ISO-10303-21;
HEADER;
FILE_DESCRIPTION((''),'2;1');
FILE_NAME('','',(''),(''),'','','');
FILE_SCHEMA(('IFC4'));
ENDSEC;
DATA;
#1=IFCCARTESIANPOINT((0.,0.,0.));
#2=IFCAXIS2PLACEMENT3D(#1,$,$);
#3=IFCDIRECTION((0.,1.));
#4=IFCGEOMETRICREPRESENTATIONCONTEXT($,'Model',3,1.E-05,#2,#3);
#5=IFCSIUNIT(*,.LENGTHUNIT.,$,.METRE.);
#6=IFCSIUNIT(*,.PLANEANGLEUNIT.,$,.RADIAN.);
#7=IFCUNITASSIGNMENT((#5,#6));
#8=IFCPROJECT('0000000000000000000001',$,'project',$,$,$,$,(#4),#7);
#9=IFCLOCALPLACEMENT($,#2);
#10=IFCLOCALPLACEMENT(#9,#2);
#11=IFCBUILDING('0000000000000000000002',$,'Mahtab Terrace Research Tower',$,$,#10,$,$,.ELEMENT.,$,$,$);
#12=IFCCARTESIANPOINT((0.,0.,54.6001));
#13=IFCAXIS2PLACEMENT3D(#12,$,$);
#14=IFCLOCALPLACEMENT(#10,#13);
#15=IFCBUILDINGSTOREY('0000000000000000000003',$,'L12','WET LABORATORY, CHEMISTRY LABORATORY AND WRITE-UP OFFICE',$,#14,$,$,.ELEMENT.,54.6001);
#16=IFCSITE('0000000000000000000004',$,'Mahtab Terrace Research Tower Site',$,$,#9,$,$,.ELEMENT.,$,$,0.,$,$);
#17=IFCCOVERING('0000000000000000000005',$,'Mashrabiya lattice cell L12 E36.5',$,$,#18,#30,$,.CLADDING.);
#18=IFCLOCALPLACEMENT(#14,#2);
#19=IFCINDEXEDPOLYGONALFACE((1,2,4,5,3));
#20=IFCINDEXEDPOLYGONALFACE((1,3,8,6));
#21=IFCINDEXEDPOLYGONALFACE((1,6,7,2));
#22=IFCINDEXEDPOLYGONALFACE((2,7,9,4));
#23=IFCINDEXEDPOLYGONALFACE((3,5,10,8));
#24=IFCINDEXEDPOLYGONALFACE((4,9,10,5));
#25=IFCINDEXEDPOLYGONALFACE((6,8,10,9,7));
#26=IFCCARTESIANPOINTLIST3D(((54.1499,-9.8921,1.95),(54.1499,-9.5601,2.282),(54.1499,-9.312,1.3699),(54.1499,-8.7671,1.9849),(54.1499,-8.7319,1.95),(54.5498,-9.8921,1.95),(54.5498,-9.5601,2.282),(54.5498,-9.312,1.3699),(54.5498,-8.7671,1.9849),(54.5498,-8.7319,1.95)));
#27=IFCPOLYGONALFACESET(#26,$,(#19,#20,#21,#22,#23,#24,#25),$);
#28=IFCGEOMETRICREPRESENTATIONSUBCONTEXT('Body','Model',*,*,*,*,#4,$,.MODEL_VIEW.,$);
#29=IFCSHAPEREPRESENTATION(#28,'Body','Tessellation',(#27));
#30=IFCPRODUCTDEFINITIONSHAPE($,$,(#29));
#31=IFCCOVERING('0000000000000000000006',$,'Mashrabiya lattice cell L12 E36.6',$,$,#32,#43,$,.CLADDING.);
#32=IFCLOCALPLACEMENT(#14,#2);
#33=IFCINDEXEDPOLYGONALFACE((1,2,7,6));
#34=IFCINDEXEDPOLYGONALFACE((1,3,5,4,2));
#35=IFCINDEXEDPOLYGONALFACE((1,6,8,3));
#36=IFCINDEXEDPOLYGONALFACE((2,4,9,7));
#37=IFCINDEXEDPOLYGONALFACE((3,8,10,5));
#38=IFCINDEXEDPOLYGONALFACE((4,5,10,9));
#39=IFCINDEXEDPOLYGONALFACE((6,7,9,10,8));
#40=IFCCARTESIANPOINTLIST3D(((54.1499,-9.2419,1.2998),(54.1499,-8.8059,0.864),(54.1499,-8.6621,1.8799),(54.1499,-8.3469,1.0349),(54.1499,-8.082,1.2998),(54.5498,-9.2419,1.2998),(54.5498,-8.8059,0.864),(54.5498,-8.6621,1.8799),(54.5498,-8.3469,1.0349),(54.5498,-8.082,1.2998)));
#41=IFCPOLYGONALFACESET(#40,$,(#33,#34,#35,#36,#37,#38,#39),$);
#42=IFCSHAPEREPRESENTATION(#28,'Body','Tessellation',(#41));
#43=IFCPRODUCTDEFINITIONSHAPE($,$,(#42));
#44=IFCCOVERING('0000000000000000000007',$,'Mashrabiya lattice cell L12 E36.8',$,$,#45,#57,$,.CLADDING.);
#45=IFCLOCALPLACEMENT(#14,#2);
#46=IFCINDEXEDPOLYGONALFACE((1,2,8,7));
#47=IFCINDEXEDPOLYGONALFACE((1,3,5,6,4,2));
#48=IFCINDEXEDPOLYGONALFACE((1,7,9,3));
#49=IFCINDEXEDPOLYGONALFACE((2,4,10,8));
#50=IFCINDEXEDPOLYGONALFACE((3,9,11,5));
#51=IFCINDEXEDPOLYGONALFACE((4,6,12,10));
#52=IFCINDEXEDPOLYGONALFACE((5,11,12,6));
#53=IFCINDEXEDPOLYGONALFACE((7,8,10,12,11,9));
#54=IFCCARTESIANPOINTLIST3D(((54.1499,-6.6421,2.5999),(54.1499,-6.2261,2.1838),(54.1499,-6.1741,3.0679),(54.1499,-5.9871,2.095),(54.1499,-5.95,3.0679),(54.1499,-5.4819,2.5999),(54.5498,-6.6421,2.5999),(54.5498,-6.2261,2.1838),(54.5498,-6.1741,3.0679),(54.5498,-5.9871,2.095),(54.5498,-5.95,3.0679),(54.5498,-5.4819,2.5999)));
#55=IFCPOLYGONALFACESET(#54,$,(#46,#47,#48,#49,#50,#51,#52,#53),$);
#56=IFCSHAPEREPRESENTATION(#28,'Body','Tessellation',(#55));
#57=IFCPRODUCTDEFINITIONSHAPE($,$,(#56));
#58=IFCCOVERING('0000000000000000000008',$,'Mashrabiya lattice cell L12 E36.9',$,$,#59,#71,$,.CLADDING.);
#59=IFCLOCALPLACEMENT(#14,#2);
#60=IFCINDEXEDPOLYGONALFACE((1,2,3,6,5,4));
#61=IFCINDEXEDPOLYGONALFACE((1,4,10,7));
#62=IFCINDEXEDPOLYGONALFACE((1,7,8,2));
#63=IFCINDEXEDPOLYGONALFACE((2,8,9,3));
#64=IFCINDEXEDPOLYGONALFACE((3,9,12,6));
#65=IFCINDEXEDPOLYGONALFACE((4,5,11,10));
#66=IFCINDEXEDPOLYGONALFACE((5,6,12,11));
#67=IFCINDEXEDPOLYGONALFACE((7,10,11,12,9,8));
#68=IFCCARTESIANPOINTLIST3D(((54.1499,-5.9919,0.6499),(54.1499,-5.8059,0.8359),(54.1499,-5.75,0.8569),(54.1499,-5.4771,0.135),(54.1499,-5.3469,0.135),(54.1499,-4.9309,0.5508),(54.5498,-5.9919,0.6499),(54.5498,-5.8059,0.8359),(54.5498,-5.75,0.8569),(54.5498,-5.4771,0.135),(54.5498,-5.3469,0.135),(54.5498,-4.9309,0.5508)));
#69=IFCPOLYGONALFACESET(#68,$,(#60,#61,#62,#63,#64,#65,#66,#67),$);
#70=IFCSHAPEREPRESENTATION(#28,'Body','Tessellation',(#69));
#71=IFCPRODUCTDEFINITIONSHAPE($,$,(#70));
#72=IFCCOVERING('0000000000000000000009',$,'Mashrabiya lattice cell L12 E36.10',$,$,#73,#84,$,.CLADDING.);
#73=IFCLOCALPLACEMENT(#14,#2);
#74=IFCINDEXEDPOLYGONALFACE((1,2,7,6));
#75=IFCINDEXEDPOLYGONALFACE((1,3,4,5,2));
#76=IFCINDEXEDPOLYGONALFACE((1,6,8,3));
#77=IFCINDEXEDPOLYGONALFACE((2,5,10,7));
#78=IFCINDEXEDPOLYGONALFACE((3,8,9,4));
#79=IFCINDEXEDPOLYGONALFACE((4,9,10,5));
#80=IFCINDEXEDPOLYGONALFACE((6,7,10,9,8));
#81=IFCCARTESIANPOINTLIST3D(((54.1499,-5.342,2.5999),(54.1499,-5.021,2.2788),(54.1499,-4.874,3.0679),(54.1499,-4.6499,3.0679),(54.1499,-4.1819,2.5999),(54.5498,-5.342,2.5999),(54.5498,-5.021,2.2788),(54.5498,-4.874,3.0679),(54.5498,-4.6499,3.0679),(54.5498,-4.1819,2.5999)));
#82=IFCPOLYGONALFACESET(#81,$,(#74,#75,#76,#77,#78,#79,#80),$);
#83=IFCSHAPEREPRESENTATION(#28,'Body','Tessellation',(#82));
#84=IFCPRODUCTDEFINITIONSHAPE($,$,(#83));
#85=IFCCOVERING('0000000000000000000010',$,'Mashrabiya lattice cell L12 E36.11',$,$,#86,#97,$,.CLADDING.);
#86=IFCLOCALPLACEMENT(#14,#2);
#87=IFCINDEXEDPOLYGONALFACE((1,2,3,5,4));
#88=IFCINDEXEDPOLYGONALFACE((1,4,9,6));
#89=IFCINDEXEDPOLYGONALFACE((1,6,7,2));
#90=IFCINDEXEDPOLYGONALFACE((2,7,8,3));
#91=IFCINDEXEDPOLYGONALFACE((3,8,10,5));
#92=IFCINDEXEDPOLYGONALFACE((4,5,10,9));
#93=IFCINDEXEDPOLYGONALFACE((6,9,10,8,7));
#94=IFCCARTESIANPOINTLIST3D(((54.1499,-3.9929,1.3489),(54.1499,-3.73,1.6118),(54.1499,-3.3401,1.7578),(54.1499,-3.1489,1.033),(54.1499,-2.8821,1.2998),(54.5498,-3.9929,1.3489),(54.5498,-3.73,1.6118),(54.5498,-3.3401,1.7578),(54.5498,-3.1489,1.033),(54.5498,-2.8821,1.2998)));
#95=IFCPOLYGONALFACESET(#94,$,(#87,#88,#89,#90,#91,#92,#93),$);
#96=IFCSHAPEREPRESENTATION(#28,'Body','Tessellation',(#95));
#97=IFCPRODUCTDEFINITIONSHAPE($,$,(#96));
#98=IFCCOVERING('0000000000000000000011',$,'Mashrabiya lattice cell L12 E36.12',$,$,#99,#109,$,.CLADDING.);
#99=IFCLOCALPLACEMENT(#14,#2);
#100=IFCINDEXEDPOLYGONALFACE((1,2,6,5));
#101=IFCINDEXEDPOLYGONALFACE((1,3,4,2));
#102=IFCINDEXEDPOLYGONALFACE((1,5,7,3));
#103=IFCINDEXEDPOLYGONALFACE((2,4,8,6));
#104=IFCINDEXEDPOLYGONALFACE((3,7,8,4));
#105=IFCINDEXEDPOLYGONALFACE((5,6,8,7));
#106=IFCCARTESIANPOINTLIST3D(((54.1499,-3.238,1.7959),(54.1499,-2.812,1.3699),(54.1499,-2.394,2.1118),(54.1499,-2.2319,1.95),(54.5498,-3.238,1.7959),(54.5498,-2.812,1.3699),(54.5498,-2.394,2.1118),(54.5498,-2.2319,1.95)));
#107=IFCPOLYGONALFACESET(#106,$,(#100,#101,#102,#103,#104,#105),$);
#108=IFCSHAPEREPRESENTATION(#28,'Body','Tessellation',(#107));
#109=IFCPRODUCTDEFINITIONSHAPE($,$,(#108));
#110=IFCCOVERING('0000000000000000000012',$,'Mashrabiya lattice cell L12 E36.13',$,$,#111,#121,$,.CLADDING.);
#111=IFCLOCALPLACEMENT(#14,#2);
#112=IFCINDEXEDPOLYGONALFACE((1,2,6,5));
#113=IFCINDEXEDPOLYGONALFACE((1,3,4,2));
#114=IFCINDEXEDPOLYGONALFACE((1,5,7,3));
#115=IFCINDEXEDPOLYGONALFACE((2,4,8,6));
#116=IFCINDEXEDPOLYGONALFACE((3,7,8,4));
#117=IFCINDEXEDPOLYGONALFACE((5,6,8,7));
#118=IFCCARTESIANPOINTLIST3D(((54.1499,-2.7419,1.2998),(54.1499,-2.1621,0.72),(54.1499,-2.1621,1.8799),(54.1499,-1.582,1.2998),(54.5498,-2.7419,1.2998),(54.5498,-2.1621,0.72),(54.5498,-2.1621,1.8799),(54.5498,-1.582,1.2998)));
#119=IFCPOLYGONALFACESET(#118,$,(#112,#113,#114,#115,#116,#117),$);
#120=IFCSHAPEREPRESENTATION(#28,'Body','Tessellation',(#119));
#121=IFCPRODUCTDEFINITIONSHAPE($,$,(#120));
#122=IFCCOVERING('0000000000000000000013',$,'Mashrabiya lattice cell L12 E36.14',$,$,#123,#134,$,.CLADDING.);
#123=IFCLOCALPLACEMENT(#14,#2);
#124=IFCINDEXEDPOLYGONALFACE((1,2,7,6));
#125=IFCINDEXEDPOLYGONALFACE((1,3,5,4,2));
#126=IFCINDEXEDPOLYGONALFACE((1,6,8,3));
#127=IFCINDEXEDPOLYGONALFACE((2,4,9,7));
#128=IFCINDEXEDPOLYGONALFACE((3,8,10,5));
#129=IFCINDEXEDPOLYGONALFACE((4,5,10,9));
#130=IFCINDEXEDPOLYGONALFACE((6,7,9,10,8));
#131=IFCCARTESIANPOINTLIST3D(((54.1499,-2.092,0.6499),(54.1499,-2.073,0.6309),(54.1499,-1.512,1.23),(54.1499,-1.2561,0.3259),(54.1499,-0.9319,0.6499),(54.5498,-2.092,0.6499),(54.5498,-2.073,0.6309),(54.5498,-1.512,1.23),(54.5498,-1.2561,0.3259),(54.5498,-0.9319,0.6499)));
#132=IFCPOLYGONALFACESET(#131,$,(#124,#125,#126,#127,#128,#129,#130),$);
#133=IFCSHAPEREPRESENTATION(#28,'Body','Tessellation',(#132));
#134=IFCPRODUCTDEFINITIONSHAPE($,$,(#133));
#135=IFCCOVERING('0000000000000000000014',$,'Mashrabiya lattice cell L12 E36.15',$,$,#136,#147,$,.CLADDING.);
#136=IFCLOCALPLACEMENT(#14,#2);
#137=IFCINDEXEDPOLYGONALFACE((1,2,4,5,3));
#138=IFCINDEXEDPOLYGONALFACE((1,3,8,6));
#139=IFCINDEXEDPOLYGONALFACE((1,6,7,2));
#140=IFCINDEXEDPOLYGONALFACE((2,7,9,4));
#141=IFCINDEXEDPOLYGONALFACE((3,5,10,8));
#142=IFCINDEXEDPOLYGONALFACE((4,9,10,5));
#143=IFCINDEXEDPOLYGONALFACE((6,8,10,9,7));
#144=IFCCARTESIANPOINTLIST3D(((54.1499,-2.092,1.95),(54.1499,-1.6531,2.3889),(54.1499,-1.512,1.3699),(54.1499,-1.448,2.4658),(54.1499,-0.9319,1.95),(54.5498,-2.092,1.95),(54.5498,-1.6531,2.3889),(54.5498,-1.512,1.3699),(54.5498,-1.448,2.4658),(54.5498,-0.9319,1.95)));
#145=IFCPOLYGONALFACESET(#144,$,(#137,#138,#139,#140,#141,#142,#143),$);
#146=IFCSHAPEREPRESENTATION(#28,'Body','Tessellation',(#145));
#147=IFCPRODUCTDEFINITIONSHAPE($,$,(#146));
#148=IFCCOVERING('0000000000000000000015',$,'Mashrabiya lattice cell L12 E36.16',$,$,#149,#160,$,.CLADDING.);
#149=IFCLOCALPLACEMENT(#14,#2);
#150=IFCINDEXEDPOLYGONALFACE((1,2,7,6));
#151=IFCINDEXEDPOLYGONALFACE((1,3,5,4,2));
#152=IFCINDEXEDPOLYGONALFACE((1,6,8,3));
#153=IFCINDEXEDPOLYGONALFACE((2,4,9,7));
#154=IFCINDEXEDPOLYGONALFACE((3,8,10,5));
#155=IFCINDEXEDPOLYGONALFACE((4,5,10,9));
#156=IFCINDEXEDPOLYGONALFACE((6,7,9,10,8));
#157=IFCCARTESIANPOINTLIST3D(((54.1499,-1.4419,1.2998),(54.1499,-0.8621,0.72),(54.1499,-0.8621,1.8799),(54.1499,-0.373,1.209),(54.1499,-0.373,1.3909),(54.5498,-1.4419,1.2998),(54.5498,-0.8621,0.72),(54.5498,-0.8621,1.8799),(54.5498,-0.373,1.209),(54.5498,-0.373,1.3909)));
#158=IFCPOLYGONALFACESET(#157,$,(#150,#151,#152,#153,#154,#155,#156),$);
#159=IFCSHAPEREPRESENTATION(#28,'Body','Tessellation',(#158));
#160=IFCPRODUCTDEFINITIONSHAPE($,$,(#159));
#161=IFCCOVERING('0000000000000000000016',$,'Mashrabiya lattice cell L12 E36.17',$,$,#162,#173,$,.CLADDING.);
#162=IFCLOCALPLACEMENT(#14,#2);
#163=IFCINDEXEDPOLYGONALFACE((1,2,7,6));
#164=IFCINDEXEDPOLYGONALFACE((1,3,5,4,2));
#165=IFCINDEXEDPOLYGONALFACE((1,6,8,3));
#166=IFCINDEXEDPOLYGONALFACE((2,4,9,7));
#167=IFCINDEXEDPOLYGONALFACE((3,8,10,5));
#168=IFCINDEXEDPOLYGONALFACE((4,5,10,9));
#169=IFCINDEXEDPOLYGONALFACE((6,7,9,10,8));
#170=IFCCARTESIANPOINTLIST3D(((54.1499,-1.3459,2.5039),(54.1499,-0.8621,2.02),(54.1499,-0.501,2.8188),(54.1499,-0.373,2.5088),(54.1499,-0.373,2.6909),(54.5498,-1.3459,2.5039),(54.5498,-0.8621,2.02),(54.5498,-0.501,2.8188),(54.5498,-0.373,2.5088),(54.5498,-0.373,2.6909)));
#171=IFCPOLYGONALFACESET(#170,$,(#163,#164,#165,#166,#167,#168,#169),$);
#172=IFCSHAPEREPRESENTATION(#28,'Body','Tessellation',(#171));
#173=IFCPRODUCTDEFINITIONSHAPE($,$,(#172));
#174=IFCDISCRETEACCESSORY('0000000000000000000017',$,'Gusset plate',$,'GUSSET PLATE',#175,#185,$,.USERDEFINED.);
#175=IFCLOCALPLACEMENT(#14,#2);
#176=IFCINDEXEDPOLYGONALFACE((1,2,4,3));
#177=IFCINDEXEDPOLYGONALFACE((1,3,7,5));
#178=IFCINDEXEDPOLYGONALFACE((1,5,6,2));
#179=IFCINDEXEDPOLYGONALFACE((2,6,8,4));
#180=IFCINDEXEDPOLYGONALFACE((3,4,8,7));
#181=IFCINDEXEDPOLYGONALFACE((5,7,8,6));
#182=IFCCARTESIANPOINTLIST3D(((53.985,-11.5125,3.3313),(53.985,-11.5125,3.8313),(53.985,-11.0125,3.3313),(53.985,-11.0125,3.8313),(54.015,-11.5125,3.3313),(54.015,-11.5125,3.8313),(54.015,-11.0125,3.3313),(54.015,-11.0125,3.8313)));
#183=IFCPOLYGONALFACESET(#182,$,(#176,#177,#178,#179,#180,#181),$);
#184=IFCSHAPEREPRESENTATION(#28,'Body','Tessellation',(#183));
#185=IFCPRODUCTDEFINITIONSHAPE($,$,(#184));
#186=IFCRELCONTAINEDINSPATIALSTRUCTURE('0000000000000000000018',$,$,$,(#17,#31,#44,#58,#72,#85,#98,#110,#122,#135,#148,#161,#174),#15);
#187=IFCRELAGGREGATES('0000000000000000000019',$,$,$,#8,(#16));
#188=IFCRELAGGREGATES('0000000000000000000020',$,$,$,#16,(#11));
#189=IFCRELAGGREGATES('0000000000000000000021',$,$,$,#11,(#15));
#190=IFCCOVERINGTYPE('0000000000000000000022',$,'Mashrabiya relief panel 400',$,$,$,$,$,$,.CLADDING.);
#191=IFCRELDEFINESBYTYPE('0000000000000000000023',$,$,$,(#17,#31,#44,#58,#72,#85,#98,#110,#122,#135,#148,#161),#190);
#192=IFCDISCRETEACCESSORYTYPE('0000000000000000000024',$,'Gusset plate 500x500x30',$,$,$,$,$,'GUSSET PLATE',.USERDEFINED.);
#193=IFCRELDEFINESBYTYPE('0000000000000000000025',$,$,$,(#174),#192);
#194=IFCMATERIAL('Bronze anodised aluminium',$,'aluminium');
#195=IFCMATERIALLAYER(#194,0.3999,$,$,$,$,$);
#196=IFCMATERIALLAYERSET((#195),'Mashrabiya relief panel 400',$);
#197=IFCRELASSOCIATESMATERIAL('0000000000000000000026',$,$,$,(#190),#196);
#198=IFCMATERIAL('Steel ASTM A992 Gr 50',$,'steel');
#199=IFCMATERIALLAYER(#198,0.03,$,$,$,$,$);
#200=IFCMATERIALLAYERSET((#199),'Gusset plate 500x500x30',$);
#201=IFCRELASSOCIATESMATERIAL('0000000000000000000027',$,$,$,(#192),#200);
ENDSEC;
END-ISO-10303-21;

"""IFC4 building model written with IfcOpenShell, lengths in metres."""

from ifc_helpers import new_model, si_unit, direction, frame, origin, origin_2d, place, context, subcontext, project, spatial, polyline, rectangle, outline, extrude, material, layer, layer_set, type_object, element, save


model = new_model("IFC4")

# Units and contexts
model_context = context("Model", 3, precision=1e-05, world=origin(), true_north=direction((0.0, 1.0)))
body_context = subcontext(model_context, "Body", "Model", "MODEL_VIEW")
ifc_project = project(units=[si_unit("LENGTHUNIT", "METRE"), si_unit("PLANEANGLEUNIT", "RADIAN")], contexts=[model_context])

# Site, building, storey
site_placement = place(None, origin())
site = spatial("IfcSite", under=ifc_project, at=site_placement, Name="Mahtab Terrace Research Tower Site", CompositionType="ELEMENT", RefElevation=0.0)
building_placement = place(site_placement, origin())
building = spatial("IfcBuilding", under=site, at=building_placement, Name="Mahtab Terrace Research Tower", CompositionType="ELEMENT")
storey_placement = place(building_placement, frame((0.0, 0.0, 54.6001)))
storey = spatial("IfcBuildingStorey", under=building, at=storey_placement, Name="L12", Description="WET LABORATORY, CHEMISTRY LABORATORY AND WRITE-UP OFFICE", CompositionType="ELEMENT", Elevation=54.6001)

# Coverings
ifc_material_1 = material(Name="Bronze anodised aluminium", Category="aluminium")
ifc_layer_1 = layer(ifc_material_1, 0.3999)
ifc_layer_set_1 = layer_set([ifc_layer_1], Name="Mashrabiya relief panel 400")
covering_type = type_object("IfcCoveringType", Name="Mashrabiya relief panel 400", PredefinedType="CLADDING", material=ifc_layer_set_1)
covering_1_placement = place(storey_placement, frame((54.1499, -8.7319, 1.95), z_axis=(-1.0, 0.0, 0.0), x_axis=(0.0, -0.707107, -0.707107)))
element("IfcCovering", 1, at=covering_1_placement, inside=storey, type_object=covering_type, Name="Mashrabiya lattice cell L12 E36.5", PredefinedType="CLADDING", context=body_context, shape_type="SweptSolid", body=[
    extrude(outline(polyline([(0.0, 0.0), (0.8204, 0.0), (0.8204, 0.8204), (0.3508, 0.8204), (0.0002, 0.0495), (0.0, 0.0)])), origin(), (0.0, 0.0, -1.0), 0.3999),
])
covering_2_placement = place(storey_placement, frame((54.1499, -9.2419, 1.2998), z_axis=(-1.0, 0.0, 0.0), x_axis=(0.0, 0.706958, 0.707256)))
element("IfcCovering", 2, at=covering_2_placement, inside=storey, type_object=covering_type, Name="Mashrabiya lattice cell L12 E36.6", PredefinedType="CLADDING", context=body_context, shape_type="SweptSolid", body=[
    extrude(outline(polyline([(0.0, 0.0), (0.8202, 0.0), (0.82, 0.8204), (0.4454, 0.8203), (0.0, 0.6165), (0.0, 0.0)])), origin(), (0.0, 0.0, -1.0), 0.3999),
])
covering_3_placement = place(storey_placement, frame((54.1499, -6.6421, 2.5999), z_axis=(-1.0, 0.0, 0.0), x_axis=(0.0, 0.707107, 0.707107)))
element("IfcCovering", 3, at=covering_3_placement, inside=storey, type_object=covering_type, Name="Mashrabiya lattice cell L12 E36.8", PredefinedType="CLADDING", context=body_context, shape_type="SweptSolid", body=[
    extrude(outline(polyline([(0.0, 0.0), (0.6619, 0.0), (0.8204, 0.1585), (0.8204, 0.8204), (0.1062, 0.8202), (0.0, 0.5883), (0.0, 0.0)])), origin(), (0.0, 0.0, -1.0), 0.3999),
])
covering_4_placement = place(storey_placement, frame((54.1499, -5.9919, 0.6499), z_axis=(-1.0, 0.0, 0.0), x_axis=(0.0, 0.707107, 0.707107)))
element("IfcCovering", 4, at=covering_4_placement, inside=storey, type_object=covering_type, Name="Mashrabiya lattice cell L12 E36.9", PredefinedType="CLADDING", context=body_context, shape_type="SweptSolid", body=[
    extrude(outline(polyline([(0.0, 0.0), (0.2631, 0.0), (0.3175, 0.0247), (0.6802, 0.8204), (0.092, 0.8202), (0.0, 0.7282), (0.0, 0.0)])), origin(), (0.0, 0.0, -1.0), 0.3999),
])
covering_5_placement = place(storey_placement, frame((54.1499, -5.342, 2.5999), z_axis=(-1.0, 0.0, 0.0), x_axis=(0.0, 0.707107, 0.707107)))
element("IfcCovering", 5, at=covering_5_placement, inside=storey, type_object=covering_type, Name="Mashrabiya lattice cell L12 E36.10", PredefinedType="CLADDING", context=body_context, shape_type="SweptSolid", body=[
    extrude(outline(polyline([(0.0, 0.0), (0.6619, 0.0), (0.8204, 0.1585), (0.8204, 0.8204), (0.0, 0.454), (0.0, 0.0)])), origin(), (0.0, 0.0, -1.0), 0.3999),
])
covering_6_placement = place(storey_placement, frame((54.1499, -2.8821, 1.2998), z_axis=(-1.0, 0.0, 0.0), x_axis=(0.0, -0.707107, -0.707107)))
element("IfcCovering", 6, at=covering_6_placement, inside=storey, type_object=covering_type, Name="Mashrabiya lattice cell L12 E36.11", PredefinedType="CLADDING", context=body_context, shape_type="SweptSolid", body=[
    extrude(outline(polyline([(0.0, 0.0), (0.3774, 0.0), (0.7508, 0.8202), (0.3789, 0.8202), (0.0, 0.6477), (0.0, 0.0)])), origin(), (0.0, 0.0, -1.0), 0.3999),
])
covering_7_placement = place(storey_placement, frame((54.1499, -2.2319, 1.95), z_axis=(-1.0, 0.0, 0.0), x_axis=(0.0, -0.707107, -0.707107)))
element("IfcCovering", 7, at=covering_7_placement, inside=storey, type_object=covering_type, Name="Mashrabiya lattice cell L12 E36.12", PredefinedType="CLADDING", context=body_context, shape_type="SweptSolid", body=[
    extrude(outline(polyline([(0.0, 0.0), (0.8204, 0.0), (0.8204, 0.6025), (0.0002, 0.2291), (0.0, 0.0)])), origin(), (0.0, 0.0, -1.0), 0.3999),
])
covering_8_placement = place(storey_placement, frame((54.1499, -2.1621, 1.8799), z_axis=(-1.0, 0.0, 0.0), x_axis=(0.0, 0.707107, -0.707107)))
element("IfcCovering", 8, at=covering_8_placement, inside=storey, type_object=covering_type, Name="Mashrabiya lattice cell L12 E36.13", PredefinedType="CLADDING", context=body_context, shape_type="SweptSolid", body=[
    extrude(outline(polyline([(0.0, 0.0), (0.8204, 0.0), (0.8202, 0.8202), (0.0002, 0.8202), (0.0, 0.0)])), origin(), (0.0, 0.0, -1.0), 0.3999),
])
covering_9_placement = place(storey_placement, frame((54.1499, -2.092, 0.6499), z_axis=(-1.0, 0.0, 0.0), x_axis=(0.0, 0.707107, 0.707107)))
element("IfcCovering", 9, at=covering_9_placement, inside=storey, type_object=covering_type, Name="Mashrabiya lattice cell L12 E36.14", PredefinedType="CLADDING", context=body_context, shape_type="SweptSolid", body=[
    extrude(outline(polyline([(0.0, 0.0), (0.8204, 0.0), (0.8204, 0.8204), (0.362, 0.8202), (0.0, 0.0269), (0.0, 0.0)])), origin(), (0.0, 0.0, -1.0), 0.3999),
])
covering_10_placement = place(storey_placement, frame((54.1499, -0.9319, 1.95), z_axis=(-1.0, 0.0, 0.0), x_axis=(0.0, -0.707107, -0.707107)))
element("IfcCovering", 10, at=covering_10_placement, inside=storey, type_object=covering_type, Name="Mashrabiya lattice cell L12 E36.15", PredefinedType="CLADDING", context=body_context, shape_type="SweptSolid", body=[
    extrude(outline(polyline([(0.0, 0.0), (0.8204, 0.0), (0.8204, 0.8204), (0.1996, 0.8204), (0.0002, 0.7297), (0.0, 0.0)])), origin(), (0.0, 0.0, -1.0), 0.3999),
])
covering_11_placement = place(storey_placement, frame((54.1499, -0.8621, 0.72), z_axis=(-1.0, 0.0, 0.0), x_axis=(0.0, -0.707107, 0.707107)))
element("IfcCovering", 11, at=covering_11_placement, inside=storey, type_object=covering_type, Name="Mashrabiya lattice cell L12 E36.16", PredefinedType="CLADDING", context=body_context, shape_type="SweptSolid", body=[
    extrude(outline(polyline([(0.0, 0.0), (0.82, 0.0), (0.8202, 0.8202), (0.1286, 0.8202), (0.0, 0.6916), (0.0, 0.0)])), origin(), (0.0, 0.0, -1.0), 0.3999),
])
covering_12_placement = place(storey_placement, frame((54.1499, -0.8621, 2.02), z_axis=(-1.0, 0.0, 0.0), x_axis=(0.0, -0.707107, 0.707107)))
element("IfcCovering", 12, at=covering_12_placement, inside=storey, type_object=covering_type, Name="Mashrabiya lattice cell L12 E36.17", PredefinedType="CLADDING", context=body_context, shape_type="SweptSolid", body=[
    extrude(outline(polyline([(0.0, 0.0), (0.6843, 0.0), (0.3095, 0.8202), (0.1286, 0.8202), (-0.0002, 0.6914), (0.0, 0.0)])), origin(), (0.0, 0.0, -1.0), 0.3999),
])

# Discrete accessory
ifc_material_2 = material(Name="Steel ASTM A992 Gr 50", Category="steel")
ifc_layer_2 = layer(ifc_material_2, 0.03)
ifc_layer_set_2 = layer_set([ifc_layer_2], Name="Gusset plate 500x500x30")
discrete_accessory_type = type_object("IfcDiscreteAccessoryType", Name="Gusset plate 500x500x30", ElementType="GUSSET PLATE", PredefinedType="USERDEFINED", material=ifc_layer_set_2)
for number, where, z_axis, x_axis, name in (
    (13, (54.0, -11.2625, 3.3313), (0.0, 0.0, 1.0), (0.0, 1.0, 0.0), "Gusset plate"),
):
    element("IfcDiscreteAccessory", number, at=place(storey_placement, frame(where, z_axis=z_axis, x_axis=x_axis)), inside=storey, type_object=discrete_accessory_type, Name=name, ObjectType="GUSSET PLATE", PredefinedType="USERDEFINED", context=body_context, shape_type="SweptSolid", body=[
        extrude(rectangle(XDim=0.5, YDim=0.03, at=origin_2d()), origin(), (0.0, 0.0, 1.0), 0.5),
    ])

save(model, "model.ifc")
